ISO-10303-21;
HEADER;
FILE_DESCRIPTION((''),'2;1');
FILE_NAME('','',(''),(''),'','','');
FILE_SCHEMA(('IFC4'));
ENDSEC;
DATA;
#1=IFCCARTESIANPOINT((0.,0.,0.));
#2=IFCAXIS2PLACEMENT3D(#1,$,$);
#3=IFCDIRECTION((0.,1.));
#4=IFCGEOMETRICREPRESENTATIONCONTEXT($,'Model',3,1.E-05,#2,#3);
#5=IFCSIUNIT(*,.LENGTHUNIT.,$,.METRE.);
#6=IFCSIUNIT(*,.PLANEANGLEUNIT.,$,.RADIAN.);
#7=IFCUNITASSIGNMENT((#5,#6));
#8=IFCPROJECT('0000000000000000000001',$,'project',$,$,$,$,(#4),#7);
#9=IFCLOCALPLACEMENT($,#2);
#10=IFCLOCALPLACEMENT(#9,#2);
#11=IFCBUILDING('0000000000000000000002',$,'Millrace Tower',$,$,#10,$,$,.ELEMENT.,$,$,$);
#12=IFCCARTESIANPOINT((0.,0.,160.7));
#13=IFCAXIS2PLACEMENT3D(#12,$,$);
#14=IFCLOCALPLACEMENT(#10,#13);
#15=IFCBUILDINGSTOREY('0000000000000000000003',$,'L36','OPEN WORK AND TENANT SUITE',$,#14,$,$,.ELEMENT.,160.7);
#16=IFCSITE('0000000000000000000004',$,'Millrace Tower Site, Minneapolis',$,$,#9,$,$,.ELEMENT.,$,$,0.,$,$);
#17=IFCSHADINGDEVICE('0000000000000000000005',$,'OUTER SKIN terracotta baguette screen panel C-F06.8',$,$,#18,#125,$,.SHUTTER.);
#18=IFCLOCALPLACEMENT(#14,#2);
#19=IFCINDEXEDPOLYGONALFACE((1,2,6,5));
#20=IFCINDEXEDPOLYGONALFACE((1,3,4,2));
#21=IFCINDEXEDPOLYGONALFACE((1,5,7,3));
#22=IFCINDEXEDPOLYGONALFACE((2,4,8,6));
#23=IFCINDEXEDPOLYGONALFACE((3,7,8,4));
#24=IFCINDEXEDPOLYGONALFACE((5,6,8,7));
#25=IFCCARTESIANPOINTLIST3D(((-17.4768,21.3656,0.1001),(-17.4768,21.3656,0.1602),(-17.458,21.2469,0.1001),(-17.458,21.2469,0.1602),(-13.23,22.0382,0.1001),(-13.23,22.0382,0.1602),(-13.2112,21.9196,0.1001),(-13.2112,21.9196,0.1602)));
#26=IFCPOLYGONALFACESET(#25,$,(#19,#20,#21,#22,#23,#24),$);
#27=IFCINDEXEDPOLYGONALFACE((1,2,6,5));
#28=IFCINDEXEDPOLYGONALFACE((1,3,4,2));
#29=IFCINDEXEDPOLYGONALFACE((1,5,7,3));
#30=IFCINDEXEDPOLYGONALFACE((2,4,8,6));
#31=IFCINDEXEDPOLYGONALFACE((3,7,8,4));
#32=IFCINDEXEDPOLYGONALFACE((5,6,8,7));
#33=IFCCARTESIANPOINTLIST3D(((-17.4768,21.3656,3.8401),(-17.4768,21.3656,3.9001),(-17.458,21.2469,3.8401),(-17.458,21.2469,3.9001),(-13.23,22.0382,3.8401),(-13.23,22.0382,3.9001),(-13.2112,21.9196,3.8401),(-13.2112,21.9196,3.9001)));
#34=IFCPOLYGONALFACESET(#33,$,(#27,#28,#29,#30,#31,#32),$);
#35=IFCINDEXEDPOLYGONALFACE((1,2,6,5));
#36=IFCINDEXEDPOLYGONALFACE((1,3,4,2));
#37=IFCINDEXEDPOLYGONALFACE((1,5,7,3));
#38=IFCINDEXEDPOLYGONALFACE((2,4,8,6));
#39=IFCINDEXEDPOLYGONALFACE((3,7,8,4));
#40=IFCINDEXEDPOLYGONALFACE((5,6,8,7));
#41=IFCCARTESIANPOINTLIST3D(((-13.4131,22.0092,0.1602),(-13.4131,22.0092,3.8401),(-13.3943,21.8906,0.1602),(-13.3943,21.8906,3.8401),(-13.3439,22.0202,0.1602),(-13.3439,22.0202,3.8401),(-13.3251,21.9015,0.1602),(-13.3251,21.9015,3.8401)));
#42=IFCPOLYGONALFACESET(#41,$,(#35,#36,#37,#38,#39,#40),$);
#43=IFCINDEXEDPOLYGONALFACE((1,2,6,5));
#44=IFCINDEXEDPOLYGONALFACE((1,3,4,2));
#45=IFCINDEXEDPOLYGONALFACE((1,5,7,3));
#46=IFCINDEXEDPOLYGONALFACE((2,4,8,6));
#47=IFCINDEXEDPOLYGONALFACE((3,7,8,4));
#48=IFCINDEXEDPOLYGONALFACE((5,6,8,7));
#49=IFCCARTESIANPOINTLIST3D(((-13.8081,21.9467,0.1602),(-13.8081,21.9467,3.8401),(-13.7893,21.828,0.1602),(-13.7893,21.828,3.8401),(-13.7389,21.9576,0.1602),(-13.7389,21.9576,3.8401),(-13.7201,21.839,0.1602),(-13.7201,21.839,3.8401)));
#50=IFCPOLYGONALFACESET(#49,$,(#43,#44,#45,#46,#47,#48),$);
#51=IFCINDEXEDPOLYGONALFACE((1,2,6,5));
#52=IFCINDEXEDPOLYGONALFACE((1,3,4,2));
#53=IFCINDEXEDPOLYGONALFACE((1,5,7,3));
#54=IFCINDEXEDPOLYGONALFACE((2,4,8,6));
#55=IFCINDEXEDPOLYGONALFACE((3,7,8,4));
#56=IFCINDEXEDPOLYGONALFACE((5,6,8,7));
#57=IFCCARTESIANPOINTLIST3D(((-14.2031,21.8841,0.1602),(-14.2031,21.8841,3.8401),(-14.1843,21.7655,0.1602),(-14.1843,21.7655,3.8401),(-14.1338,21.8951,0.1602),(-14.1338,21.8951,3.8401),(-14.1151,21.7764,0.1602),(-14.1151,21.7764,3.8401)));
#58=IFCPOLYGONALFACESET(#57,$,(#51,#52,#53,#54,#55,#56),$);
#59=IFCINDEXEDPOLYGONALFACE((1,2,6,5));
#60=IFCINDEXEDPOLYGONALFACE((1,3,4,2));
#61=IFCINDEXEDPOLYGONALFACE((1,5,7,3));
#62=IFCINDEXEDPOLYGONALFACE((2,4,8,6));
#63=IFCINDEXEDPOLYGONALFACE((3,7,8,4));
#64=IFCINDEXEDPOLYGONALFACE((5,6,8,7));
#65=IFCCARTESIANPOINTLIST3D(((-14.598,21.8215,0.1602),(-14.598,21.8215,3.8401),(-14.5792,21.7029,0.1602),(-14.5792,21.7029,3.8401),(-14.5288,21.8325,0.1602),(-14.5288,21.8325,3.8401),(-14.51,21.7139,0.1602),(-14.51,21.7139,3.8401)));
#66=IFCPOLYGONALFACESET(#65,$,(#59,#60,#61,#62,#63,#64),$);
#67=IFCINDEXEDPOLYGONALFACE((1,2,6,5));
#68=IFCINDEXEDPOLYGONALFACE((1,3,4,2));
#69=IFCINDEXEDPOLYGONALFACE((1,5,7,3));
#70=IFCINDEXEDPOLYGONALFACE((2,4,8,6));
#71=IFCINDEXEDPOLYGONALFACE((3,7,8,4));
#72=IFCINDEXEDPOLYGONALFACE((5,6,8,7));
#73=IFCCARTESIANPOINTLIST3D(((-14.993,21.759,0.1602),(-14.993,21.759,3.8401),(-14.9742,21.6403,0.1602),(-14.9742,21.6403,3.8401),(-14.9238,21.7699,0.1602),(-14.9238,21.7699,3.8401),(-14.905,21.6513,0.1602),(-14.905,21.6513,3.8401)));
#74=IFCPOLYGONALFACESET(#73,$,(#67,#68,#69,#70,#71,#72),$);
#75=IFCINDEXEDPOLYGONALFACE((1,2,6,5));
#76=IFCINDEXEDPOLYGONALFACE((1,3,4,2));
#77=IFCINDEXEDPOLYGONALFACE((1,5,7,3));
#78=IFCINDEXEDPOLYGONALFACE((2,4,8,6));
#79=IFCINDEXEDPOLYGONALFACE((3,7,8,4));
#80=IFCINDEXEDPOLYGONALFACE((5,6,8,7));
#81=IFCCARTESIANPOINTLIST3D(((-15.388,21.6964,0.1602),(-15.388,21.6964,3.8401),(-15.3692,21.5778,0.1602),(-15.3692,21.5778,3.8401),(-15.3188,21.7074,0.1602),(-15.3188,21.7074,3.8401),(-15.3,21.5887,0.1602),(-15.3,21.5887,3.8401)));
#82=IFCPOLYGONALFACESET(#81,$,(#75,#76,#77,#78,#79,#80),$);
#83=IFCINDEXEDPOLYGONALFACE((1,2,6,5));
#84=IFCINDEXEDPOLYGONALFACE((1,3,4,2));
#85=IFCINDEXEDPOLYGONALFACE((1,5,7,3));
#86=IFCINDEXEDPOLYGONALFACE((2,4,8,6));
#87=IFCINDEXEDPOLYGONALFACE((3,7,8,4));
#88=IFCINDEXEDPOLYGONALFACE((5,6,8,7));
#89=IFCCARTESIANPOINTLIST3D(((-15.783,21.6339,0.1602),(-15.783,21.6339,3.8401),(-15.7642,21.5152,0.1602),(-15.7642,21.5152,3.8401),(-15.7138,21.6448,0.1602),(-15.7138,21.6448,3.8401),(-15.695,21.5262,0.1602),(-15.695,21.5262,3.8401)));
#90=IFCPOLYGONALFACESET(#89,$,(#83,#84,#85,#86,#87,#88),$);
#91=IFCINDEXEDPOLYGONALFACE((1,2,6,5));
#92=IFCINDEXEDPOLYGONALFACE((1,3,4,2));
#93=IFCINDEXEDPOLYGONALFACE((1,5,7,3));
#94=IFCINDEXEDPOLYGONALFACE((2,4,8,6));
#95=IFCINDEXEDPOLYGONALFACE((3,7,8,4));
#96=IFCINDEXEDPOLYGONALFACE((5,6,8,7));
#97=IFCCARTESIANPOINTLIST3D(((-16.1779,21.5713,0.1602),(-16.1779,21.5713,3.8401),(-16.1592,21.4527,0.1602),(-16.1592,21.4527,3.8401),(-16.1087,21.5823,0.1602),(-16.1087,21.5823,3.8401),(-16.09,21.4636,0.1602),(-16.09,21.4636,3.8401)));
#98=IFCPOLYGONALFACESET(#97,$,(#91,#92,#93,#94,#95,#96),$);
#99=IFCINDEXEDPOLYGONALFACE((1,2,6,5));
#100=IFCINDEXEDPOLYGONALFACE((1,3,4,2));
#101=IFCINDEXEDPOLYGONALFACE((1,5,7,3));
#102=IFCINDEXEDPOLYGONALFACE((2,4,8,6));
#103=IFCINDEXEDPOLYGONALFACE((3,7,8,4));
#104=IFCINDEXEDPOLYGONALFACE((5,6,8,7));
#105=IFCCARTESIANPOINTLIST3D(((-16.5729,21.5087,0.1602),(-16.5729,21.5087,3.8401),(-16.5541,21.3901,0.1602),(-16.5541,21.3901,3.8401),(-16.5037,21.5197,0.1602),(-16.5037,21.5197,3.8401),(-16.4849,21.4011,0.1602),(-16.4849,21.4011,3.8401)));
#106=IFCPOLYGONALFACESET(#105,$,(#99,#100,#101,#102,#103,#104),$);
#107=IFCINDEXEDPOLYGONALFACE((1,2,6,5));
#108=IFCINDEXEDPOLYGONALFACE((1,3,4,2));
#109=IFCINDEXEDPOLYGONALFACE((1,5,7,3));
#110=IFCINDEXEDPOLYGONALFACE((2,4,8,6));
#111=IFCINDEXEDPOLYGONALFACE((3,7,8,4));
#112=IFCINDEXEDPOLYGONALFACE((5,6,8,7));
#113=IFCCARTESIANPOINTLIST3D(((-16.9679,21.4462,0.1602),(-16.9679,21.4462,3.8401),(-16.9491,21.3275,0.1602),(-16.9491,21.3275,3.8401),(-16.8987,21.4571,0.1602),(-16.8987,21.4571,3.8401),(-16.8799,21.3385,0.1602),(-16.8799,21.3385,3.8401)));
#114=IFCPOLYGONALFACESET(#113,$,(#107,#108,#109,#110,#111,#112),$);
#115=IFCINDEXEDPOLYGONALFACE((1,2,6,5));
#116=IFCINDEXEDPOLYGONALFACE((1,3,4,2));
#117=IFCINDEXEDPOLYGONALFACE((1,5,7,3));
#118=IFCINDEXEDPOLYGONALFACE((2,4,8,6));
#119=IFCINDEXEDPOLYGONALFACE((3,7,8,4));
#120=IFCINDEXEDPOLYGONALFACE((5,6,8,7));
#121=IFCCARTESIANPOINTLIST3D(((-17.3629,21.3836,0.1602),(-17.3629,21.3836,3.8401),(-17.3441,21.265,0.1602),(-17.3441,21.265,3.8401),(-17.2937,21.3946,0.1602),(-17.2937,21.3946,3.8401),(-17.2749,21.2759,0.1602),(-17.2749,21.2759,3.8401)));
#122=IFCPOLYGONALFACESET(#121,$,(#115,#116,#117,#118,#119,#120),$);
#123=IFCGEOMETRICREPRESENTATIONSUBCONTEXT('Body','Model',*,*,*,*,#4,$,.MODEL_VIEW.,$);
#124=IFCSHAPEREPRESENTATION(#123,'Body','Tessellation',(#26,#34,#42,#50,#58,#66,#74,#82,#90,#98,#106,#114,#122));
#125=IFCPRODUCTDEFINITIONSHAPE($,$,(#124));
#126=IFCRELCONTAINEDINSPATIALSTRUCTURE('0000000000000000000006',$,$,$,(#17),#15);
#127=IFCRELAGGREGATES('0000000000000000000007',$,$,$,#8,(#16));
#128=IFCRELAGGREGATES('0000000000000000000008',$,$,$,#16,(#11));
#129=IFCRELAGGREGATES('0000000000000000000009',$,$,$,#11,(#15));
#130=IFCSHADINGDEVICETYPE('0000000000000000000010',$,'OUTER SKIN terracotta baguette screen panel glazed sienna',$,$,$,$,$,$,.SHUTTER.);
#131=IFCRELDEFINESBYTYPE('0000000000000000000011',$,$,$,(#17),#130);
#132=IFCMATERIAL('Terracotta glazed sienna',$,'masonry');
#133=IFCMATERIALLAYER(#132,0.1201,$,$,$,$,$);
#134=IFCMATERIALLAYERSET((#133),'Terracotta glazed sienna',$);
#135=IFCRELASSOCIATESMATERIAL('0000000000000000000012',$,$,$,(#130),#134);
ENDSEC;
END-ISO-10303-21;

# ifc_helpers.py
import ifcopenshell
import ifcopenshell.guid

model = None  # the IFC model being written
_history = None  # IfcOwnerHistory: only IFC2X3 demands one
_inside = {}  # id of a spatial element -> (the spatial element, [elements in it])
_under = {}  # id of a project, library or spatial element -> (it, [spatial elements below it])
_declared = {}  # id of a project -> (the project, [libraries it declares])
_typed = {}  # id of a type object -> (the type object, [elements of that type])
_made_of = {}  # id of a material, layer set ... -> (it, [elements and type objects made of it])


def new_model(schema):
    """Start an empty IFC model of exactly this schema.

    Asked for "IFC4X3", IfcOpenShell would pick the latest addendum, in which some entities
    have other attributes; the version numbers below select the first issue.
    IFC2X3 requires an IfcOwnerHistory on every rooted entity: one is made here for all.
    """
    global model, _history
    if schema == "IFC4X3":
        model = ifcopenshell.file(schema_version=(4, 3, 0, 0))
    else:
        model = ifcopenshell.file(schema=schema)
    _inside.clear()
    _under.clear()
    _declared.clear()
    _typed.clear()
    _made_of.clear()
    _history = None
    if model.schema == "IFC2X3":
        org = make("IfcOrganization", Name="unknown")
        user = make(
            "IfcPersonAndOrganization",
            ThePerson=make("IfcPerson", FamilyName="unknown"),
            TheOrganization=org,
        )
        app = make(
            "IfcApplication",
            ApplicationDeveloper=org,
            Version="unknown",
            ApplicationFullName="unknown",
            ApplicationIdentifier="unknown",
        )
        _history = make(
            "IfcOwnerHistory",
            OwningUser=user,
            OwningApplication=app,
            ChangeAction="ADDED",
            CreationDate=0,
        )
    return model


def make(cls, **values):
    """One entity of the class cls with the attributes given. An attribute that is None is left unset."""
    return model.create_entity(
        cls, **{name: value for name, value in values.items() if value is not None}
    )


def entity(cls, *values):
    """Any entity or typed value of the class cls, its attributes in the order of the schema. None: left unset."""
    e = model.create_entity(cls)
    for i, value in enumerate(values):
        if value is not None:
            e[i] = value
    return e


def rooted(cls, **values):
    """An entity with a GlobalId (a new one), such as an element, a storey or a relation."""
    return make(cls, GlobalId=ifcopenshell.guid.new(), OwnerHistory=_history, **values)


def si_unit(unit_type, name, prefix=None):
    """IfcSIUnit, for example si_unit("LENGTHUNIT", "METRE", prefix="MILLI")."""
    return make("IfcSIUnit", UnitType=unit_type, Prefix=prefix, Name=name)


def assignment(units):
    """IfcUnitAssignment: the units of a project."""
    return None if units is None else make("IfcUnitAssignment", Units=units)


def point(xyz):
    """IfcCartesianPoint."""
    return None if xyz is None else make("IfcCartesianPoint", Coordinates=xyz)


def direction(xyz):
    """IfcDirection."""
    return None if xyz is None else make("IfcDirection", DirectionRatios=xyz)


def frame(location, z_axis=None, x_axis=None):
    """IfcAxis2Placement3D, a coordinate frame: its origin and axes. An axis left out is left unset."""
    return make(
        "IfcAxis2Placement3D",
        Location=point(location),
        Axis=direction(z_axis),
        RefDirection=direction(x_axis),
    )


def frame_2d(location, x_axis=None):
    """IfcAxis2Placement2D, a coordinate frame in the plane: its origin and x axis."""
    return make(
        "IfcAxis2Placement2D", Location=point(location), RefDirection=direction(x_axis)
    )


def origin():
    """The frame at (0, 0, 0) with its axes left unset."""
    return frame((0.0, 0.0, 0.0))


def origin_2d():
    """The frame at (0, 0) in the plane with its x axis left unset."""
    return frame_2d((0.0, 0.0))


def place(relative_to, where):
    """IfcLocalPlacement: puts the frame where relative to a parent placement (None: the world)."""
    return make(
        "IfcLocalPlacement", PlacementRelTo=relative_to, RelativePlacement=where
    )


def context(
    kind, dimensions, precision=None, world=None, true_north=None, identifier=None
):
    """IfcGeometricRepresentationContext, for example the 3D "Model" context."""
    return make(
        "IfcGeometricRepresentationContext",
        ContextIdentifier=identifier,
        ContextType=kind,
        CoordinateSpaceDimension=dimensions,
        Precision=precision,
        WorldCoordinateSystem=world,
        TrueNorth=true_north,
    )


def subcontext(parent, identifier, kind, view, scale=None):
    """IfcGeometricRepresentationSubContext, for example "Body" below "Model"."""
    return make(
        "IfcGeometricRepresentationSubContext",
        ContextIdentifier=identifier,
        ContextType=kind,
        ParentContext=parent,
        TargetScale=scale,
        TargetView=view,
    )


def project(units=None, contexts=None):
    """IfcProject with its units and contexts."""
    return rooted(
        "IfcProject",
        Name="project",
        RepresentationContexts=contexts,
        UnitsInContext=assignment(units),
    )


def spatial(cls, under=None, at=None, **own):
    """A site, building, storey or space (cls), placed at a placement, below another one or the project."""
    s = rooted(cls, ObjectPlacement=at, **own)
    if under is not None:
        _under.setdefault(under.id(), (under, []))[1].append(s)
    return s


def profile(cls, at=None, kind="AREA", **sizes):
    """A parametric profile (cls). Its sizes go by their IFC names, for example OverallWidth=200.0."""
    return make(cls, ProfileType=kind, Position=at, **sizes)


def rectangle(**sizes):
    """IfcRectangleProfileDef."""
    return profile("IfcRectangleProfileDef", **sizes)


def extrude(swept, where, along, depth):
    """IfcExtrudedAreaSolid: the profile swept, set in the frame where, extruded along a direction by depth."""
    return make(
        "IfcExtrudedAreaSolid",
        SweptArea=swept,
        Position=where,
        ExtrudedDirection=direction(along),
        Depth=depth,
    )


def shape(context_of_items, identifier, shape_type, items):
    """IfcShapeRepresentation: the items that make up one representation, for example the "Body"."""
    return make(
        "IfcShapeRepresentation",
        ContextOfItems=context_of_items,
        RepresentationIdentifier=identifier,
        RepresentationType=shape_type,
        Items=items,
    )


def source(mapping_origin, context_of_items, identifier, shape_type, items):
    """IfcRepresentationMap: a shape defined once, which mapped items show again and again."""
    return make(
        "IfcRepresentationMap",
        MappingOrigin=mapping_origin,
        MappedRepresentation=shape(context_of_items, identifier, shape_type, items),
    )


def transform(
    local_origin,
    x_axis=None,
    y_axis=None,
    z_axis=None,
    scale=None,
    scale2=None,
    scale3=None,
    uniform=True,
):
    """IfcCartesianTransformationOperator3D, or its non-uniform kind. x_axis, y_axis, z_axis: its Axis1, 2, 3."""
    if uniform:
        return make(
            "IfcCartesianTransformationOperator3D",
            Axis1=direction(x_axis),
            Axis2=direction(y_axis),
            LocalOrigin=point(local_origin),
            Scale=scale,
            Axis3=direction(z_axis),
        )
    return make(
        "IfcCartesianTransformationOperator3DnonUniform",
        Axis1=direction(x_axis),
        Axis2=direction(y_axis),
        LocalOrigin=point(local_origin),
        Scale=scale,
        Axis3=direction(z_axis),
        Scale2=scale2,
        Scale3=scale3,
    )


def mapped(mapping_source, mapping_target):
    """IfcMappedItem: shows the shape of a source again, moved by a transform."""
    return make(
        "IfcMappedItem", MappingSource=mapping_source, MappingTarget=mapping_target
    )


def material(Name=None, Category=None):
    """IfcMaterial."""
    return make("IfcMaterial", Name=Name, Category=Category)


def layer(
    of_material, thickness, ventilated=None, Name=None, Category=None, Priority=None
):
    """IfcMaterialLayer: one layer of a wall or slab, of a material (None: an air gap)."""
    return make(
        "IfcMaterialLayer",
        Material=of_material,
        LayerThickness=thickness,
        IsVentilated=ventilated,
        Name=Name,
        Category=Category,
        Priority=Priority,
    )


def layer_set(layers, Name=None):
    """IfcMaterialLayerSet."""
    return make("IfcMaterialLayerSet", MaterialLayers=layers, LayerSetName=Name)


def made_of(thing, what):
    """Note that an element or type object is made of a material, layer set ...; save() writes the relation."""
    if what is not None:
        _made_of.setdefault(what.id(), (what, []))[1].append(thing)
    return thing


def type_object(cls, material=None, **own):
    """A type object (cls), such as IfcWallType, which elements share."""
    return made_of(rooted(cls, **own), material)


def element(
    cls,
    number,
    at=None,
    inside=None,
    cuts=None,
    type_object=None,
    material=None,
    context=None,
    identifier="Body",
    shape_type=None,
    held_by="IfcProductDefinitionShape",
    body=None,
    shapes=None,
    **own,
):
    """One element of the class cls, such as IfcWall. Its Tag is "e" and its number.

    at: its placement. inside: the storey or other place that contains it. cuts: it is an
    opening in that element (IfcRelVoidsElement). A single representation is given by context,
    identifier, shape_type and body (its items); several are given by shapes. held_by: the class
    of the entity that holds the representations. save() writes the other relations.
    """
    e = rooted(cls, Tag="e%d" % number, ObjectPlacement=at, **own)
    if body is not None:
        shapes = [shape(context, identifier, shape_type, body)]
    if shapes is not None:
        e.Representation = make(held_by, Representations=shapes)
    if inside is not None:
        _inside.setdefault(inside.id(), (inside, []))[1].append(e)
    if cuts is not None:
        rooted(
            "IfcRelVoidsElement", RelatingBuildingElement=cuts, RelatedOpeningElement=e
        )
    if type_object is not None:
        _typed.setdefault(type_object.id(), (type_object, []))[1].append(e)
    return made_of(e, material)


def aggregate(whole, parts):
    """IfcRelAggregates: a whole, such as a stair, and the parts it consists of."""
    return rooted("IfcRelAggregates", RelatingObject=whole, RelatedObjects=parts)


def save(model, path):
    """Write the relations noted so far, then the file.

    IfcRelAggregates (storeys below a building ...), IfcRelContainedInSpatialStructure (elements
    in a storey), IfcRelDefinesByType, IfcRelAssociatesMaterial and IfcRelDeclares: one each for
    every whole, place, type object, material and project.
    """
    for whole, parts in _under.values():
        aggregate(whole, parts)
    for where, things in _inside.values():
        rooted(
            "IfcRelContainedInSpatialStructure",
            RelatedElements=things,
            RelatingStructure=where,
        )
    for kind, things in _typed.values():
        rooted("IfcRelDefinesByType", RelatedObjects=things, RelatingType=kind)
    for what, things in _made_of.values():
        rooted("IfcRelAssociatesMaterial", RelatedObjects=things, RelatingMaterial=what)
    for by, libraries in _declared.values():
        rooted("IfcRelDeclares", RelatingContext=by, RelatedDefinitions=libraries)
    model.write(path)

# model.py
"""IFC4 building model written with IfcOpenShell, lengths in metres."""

from ifc_helpers import new_model, entity, si_unit, direction, frame, frame_2d, origin, origin_2d, place, context, subcontext, project, spatial, rectangle, extrude, source, transform, mapped, material, layer, layer_set, type_object, element, save


model = new_model("IFC4")

# Units and contexts
model_context = context("Model", 3, precision=1e-05, world=origin(), true_north=direction((0.0, 1.0)))
body_context = subcontext(model_context, "Body", "Model", "MODEL_VIEW")
ifc_project = project(units=[si_unit("LENGTHUNIT", "METRE"), si_unit("PLANEANGLEUNIT", "RADIAN")], contexts=[model_context])

# Site, building, storey
site_placement = place(None, origin())
site = spatial("IfcSite", under=ifc_project, at=site_placement, Name="Millrace Tower Site, Minneapolis", CompositionType="ELEMENT", RefElevation=0.0)
building_placement = place(site_placement, origin())
building = spatial("IfcBuilding", under=site, at=building_placement, Name="Millrace Tower", CompositionType="ELEMENT")
storey_placement = place(building_placement, frame((0.0, 0.0, 160.7)))
storey = spatial("IfcBuildingStorey", under=building, at=storey_placement, Name="L36", Description="OPEN WORK AND TENANT SUITE", CompositionType="ELEMENT", Elevation=160.7)

# Shading device
ifc_material_1 = material(Name="Terracotta glazed sienna", Category="masonry")
ifc_layer_1 = layer(ifc_material_1, 0.1201)
ifc_layer_set_1 = layer_set([ifc_layer_1], Name="Terracotta glazed sienna")
shading_device_type = type_object("IfcShadingDeviceType", Name="OUTER SKIN terracotta baguette screen panel glazed sienna", PredefinedType="SHUTTER", material=ifc_layer_set_1)
cartesian_point_1 = entity("IfcCartesianPoint", [-2.1499, 0.0601])
shared_polyline_1 = entity("IfcPolyline", [cartesian_point_1, entity("IfcCartesianPoint", [2.1499, 0.0601]), entity("IfcCartesianPoint", [2.1499, -0.0601]), entity("IfcCartesianPoint", [-2.1499, -0.0601]), cartesian_point_1])
shared_shape_1 = source(origin(), body_context, "Body", "SweptSolid", [
    entity("IfcExtrudedAreaSolid", entity("IfcArbitraryClosedProfileDef", "AREA", None, shared_polyline_1), entity("IfcAxis2Placement3D", entity("IfcCartesianPoint", [0.0, 0.0, 0.0])), entity("IfcDirection", [0.0, 0.0, 1.0]), 0.0601),
    entity("IfcExtrudedAreaSolid", entity("IfcArbitraryClosedProfileDef", "AREA", None, shared_polyline_1), entity("IfcAxis2Placement3D", entity("IfcCartesianPoint", [0.0, 0.0, 3.74])), entity("IfcDirection", [0.0, 0.0, 1.0]), 0.0601),
    extrude(rectangle(XDim=0.0701, YDim=0.1201, at=frame_2d((-1.9995, 0.0))), frame((0.0, 0.0, 0.0601)), (0.0, 0.0, 1.0), 3.6799),
    extrude(rectangle(XDim=0.0701, YDim=0.1201, at=frame_2d((-1.5996, 0.0))), frame((0.0, 0.0, 0.0601)), (0.0, 0.0, 1.0), 3.6799),
    extrude(rectangle(XDim=0.0701, YDim=0.1201, at=frame_2d((-1.1997, 0.0))), frame((0.0, 0.0, 0.0601)), (0.0, 0.0, 1.0), 3.6799),
    extrude(rectangle(XDim=0.0701, YDim=0.1201, at=frame_2d((-0.7998, 0.0))), frame((0.0, 0.0, 0.0601)), (0.0, 0.0, 1.0), 3.6799),
    extrude(rectangle(XDim=0.0701, YDim=0.1201, at=frame_2d((-0.3999, 0.0))), frame((0.0, 0.0, 0.0601)), (0.0, 0.0, 1.0), 3.6799),
    extrude(rectangle(XDim=0.0701, YDim=0.1201, at=origin_2d()), frame((0.0, 0.0, 0.0601)), (0.0, 0.0, 1.0), 3.6799),
    extrude(rectangle(XDim=0.0701, YDim=0.1201, at=frame_2d((0.3999, 0.0))), frame((0.0, 0.0, 0.0601)), (0.0, 0.0, 1.0), 3.6799),
    extrude(rectangle(XDim=0.0701, YDim=0.1201, at=frame_2d((0.7998, 0.0))), frame((0.0, 0.0, 0.0601)), (0.0, 0.0, 1.0), 3.6799),
    extrude(rectangle(XDim=0.0701, YDim=0.1201, at=frame_2d((1.1997, 0.0))), frame((0.0, 0.0, 0.0601)), (0.0, 0.0, 1.0), 3.6799),
    extrude(rectangle(XDim=0.0701, YDim=0.1201, at=frame_2d((1.5996, 0.0))), frame((0.0, 0.0, 0.0601)), (0.0, 0.0, 1.0), 3.6799),
    extrude(rectangle(XDim=0.0701, YDim=0.1201, at=frame_2d((1.9995, 0.0))), frame((0.0, 0.0, 0.0601)), (0.0, 0.0, 1.0), 3.6799),
])
shading_device_1_placement = place(storey_placement, frame((-15.344, 21.6426, 0.1001), z_axis=(0.0, 0.0, 1.0), x_axis=(-0.987688, -0.156434, 0.0)))
element("IfcShadingDevice", 1, at=shading_device_1_placement, inside=storey, type_object=shading_device_type, Name="OUTER SKIN terracotta baguette screen panel C-F06.8", PredefinedType="SHUTTER", context=body_context, shape_type="MappedRepresentation", body=[
    mapped(shared_shape_1, transform((0.0, 0.0, 0.0), scale=1.0)),
])

save(model, "model.ifc")
